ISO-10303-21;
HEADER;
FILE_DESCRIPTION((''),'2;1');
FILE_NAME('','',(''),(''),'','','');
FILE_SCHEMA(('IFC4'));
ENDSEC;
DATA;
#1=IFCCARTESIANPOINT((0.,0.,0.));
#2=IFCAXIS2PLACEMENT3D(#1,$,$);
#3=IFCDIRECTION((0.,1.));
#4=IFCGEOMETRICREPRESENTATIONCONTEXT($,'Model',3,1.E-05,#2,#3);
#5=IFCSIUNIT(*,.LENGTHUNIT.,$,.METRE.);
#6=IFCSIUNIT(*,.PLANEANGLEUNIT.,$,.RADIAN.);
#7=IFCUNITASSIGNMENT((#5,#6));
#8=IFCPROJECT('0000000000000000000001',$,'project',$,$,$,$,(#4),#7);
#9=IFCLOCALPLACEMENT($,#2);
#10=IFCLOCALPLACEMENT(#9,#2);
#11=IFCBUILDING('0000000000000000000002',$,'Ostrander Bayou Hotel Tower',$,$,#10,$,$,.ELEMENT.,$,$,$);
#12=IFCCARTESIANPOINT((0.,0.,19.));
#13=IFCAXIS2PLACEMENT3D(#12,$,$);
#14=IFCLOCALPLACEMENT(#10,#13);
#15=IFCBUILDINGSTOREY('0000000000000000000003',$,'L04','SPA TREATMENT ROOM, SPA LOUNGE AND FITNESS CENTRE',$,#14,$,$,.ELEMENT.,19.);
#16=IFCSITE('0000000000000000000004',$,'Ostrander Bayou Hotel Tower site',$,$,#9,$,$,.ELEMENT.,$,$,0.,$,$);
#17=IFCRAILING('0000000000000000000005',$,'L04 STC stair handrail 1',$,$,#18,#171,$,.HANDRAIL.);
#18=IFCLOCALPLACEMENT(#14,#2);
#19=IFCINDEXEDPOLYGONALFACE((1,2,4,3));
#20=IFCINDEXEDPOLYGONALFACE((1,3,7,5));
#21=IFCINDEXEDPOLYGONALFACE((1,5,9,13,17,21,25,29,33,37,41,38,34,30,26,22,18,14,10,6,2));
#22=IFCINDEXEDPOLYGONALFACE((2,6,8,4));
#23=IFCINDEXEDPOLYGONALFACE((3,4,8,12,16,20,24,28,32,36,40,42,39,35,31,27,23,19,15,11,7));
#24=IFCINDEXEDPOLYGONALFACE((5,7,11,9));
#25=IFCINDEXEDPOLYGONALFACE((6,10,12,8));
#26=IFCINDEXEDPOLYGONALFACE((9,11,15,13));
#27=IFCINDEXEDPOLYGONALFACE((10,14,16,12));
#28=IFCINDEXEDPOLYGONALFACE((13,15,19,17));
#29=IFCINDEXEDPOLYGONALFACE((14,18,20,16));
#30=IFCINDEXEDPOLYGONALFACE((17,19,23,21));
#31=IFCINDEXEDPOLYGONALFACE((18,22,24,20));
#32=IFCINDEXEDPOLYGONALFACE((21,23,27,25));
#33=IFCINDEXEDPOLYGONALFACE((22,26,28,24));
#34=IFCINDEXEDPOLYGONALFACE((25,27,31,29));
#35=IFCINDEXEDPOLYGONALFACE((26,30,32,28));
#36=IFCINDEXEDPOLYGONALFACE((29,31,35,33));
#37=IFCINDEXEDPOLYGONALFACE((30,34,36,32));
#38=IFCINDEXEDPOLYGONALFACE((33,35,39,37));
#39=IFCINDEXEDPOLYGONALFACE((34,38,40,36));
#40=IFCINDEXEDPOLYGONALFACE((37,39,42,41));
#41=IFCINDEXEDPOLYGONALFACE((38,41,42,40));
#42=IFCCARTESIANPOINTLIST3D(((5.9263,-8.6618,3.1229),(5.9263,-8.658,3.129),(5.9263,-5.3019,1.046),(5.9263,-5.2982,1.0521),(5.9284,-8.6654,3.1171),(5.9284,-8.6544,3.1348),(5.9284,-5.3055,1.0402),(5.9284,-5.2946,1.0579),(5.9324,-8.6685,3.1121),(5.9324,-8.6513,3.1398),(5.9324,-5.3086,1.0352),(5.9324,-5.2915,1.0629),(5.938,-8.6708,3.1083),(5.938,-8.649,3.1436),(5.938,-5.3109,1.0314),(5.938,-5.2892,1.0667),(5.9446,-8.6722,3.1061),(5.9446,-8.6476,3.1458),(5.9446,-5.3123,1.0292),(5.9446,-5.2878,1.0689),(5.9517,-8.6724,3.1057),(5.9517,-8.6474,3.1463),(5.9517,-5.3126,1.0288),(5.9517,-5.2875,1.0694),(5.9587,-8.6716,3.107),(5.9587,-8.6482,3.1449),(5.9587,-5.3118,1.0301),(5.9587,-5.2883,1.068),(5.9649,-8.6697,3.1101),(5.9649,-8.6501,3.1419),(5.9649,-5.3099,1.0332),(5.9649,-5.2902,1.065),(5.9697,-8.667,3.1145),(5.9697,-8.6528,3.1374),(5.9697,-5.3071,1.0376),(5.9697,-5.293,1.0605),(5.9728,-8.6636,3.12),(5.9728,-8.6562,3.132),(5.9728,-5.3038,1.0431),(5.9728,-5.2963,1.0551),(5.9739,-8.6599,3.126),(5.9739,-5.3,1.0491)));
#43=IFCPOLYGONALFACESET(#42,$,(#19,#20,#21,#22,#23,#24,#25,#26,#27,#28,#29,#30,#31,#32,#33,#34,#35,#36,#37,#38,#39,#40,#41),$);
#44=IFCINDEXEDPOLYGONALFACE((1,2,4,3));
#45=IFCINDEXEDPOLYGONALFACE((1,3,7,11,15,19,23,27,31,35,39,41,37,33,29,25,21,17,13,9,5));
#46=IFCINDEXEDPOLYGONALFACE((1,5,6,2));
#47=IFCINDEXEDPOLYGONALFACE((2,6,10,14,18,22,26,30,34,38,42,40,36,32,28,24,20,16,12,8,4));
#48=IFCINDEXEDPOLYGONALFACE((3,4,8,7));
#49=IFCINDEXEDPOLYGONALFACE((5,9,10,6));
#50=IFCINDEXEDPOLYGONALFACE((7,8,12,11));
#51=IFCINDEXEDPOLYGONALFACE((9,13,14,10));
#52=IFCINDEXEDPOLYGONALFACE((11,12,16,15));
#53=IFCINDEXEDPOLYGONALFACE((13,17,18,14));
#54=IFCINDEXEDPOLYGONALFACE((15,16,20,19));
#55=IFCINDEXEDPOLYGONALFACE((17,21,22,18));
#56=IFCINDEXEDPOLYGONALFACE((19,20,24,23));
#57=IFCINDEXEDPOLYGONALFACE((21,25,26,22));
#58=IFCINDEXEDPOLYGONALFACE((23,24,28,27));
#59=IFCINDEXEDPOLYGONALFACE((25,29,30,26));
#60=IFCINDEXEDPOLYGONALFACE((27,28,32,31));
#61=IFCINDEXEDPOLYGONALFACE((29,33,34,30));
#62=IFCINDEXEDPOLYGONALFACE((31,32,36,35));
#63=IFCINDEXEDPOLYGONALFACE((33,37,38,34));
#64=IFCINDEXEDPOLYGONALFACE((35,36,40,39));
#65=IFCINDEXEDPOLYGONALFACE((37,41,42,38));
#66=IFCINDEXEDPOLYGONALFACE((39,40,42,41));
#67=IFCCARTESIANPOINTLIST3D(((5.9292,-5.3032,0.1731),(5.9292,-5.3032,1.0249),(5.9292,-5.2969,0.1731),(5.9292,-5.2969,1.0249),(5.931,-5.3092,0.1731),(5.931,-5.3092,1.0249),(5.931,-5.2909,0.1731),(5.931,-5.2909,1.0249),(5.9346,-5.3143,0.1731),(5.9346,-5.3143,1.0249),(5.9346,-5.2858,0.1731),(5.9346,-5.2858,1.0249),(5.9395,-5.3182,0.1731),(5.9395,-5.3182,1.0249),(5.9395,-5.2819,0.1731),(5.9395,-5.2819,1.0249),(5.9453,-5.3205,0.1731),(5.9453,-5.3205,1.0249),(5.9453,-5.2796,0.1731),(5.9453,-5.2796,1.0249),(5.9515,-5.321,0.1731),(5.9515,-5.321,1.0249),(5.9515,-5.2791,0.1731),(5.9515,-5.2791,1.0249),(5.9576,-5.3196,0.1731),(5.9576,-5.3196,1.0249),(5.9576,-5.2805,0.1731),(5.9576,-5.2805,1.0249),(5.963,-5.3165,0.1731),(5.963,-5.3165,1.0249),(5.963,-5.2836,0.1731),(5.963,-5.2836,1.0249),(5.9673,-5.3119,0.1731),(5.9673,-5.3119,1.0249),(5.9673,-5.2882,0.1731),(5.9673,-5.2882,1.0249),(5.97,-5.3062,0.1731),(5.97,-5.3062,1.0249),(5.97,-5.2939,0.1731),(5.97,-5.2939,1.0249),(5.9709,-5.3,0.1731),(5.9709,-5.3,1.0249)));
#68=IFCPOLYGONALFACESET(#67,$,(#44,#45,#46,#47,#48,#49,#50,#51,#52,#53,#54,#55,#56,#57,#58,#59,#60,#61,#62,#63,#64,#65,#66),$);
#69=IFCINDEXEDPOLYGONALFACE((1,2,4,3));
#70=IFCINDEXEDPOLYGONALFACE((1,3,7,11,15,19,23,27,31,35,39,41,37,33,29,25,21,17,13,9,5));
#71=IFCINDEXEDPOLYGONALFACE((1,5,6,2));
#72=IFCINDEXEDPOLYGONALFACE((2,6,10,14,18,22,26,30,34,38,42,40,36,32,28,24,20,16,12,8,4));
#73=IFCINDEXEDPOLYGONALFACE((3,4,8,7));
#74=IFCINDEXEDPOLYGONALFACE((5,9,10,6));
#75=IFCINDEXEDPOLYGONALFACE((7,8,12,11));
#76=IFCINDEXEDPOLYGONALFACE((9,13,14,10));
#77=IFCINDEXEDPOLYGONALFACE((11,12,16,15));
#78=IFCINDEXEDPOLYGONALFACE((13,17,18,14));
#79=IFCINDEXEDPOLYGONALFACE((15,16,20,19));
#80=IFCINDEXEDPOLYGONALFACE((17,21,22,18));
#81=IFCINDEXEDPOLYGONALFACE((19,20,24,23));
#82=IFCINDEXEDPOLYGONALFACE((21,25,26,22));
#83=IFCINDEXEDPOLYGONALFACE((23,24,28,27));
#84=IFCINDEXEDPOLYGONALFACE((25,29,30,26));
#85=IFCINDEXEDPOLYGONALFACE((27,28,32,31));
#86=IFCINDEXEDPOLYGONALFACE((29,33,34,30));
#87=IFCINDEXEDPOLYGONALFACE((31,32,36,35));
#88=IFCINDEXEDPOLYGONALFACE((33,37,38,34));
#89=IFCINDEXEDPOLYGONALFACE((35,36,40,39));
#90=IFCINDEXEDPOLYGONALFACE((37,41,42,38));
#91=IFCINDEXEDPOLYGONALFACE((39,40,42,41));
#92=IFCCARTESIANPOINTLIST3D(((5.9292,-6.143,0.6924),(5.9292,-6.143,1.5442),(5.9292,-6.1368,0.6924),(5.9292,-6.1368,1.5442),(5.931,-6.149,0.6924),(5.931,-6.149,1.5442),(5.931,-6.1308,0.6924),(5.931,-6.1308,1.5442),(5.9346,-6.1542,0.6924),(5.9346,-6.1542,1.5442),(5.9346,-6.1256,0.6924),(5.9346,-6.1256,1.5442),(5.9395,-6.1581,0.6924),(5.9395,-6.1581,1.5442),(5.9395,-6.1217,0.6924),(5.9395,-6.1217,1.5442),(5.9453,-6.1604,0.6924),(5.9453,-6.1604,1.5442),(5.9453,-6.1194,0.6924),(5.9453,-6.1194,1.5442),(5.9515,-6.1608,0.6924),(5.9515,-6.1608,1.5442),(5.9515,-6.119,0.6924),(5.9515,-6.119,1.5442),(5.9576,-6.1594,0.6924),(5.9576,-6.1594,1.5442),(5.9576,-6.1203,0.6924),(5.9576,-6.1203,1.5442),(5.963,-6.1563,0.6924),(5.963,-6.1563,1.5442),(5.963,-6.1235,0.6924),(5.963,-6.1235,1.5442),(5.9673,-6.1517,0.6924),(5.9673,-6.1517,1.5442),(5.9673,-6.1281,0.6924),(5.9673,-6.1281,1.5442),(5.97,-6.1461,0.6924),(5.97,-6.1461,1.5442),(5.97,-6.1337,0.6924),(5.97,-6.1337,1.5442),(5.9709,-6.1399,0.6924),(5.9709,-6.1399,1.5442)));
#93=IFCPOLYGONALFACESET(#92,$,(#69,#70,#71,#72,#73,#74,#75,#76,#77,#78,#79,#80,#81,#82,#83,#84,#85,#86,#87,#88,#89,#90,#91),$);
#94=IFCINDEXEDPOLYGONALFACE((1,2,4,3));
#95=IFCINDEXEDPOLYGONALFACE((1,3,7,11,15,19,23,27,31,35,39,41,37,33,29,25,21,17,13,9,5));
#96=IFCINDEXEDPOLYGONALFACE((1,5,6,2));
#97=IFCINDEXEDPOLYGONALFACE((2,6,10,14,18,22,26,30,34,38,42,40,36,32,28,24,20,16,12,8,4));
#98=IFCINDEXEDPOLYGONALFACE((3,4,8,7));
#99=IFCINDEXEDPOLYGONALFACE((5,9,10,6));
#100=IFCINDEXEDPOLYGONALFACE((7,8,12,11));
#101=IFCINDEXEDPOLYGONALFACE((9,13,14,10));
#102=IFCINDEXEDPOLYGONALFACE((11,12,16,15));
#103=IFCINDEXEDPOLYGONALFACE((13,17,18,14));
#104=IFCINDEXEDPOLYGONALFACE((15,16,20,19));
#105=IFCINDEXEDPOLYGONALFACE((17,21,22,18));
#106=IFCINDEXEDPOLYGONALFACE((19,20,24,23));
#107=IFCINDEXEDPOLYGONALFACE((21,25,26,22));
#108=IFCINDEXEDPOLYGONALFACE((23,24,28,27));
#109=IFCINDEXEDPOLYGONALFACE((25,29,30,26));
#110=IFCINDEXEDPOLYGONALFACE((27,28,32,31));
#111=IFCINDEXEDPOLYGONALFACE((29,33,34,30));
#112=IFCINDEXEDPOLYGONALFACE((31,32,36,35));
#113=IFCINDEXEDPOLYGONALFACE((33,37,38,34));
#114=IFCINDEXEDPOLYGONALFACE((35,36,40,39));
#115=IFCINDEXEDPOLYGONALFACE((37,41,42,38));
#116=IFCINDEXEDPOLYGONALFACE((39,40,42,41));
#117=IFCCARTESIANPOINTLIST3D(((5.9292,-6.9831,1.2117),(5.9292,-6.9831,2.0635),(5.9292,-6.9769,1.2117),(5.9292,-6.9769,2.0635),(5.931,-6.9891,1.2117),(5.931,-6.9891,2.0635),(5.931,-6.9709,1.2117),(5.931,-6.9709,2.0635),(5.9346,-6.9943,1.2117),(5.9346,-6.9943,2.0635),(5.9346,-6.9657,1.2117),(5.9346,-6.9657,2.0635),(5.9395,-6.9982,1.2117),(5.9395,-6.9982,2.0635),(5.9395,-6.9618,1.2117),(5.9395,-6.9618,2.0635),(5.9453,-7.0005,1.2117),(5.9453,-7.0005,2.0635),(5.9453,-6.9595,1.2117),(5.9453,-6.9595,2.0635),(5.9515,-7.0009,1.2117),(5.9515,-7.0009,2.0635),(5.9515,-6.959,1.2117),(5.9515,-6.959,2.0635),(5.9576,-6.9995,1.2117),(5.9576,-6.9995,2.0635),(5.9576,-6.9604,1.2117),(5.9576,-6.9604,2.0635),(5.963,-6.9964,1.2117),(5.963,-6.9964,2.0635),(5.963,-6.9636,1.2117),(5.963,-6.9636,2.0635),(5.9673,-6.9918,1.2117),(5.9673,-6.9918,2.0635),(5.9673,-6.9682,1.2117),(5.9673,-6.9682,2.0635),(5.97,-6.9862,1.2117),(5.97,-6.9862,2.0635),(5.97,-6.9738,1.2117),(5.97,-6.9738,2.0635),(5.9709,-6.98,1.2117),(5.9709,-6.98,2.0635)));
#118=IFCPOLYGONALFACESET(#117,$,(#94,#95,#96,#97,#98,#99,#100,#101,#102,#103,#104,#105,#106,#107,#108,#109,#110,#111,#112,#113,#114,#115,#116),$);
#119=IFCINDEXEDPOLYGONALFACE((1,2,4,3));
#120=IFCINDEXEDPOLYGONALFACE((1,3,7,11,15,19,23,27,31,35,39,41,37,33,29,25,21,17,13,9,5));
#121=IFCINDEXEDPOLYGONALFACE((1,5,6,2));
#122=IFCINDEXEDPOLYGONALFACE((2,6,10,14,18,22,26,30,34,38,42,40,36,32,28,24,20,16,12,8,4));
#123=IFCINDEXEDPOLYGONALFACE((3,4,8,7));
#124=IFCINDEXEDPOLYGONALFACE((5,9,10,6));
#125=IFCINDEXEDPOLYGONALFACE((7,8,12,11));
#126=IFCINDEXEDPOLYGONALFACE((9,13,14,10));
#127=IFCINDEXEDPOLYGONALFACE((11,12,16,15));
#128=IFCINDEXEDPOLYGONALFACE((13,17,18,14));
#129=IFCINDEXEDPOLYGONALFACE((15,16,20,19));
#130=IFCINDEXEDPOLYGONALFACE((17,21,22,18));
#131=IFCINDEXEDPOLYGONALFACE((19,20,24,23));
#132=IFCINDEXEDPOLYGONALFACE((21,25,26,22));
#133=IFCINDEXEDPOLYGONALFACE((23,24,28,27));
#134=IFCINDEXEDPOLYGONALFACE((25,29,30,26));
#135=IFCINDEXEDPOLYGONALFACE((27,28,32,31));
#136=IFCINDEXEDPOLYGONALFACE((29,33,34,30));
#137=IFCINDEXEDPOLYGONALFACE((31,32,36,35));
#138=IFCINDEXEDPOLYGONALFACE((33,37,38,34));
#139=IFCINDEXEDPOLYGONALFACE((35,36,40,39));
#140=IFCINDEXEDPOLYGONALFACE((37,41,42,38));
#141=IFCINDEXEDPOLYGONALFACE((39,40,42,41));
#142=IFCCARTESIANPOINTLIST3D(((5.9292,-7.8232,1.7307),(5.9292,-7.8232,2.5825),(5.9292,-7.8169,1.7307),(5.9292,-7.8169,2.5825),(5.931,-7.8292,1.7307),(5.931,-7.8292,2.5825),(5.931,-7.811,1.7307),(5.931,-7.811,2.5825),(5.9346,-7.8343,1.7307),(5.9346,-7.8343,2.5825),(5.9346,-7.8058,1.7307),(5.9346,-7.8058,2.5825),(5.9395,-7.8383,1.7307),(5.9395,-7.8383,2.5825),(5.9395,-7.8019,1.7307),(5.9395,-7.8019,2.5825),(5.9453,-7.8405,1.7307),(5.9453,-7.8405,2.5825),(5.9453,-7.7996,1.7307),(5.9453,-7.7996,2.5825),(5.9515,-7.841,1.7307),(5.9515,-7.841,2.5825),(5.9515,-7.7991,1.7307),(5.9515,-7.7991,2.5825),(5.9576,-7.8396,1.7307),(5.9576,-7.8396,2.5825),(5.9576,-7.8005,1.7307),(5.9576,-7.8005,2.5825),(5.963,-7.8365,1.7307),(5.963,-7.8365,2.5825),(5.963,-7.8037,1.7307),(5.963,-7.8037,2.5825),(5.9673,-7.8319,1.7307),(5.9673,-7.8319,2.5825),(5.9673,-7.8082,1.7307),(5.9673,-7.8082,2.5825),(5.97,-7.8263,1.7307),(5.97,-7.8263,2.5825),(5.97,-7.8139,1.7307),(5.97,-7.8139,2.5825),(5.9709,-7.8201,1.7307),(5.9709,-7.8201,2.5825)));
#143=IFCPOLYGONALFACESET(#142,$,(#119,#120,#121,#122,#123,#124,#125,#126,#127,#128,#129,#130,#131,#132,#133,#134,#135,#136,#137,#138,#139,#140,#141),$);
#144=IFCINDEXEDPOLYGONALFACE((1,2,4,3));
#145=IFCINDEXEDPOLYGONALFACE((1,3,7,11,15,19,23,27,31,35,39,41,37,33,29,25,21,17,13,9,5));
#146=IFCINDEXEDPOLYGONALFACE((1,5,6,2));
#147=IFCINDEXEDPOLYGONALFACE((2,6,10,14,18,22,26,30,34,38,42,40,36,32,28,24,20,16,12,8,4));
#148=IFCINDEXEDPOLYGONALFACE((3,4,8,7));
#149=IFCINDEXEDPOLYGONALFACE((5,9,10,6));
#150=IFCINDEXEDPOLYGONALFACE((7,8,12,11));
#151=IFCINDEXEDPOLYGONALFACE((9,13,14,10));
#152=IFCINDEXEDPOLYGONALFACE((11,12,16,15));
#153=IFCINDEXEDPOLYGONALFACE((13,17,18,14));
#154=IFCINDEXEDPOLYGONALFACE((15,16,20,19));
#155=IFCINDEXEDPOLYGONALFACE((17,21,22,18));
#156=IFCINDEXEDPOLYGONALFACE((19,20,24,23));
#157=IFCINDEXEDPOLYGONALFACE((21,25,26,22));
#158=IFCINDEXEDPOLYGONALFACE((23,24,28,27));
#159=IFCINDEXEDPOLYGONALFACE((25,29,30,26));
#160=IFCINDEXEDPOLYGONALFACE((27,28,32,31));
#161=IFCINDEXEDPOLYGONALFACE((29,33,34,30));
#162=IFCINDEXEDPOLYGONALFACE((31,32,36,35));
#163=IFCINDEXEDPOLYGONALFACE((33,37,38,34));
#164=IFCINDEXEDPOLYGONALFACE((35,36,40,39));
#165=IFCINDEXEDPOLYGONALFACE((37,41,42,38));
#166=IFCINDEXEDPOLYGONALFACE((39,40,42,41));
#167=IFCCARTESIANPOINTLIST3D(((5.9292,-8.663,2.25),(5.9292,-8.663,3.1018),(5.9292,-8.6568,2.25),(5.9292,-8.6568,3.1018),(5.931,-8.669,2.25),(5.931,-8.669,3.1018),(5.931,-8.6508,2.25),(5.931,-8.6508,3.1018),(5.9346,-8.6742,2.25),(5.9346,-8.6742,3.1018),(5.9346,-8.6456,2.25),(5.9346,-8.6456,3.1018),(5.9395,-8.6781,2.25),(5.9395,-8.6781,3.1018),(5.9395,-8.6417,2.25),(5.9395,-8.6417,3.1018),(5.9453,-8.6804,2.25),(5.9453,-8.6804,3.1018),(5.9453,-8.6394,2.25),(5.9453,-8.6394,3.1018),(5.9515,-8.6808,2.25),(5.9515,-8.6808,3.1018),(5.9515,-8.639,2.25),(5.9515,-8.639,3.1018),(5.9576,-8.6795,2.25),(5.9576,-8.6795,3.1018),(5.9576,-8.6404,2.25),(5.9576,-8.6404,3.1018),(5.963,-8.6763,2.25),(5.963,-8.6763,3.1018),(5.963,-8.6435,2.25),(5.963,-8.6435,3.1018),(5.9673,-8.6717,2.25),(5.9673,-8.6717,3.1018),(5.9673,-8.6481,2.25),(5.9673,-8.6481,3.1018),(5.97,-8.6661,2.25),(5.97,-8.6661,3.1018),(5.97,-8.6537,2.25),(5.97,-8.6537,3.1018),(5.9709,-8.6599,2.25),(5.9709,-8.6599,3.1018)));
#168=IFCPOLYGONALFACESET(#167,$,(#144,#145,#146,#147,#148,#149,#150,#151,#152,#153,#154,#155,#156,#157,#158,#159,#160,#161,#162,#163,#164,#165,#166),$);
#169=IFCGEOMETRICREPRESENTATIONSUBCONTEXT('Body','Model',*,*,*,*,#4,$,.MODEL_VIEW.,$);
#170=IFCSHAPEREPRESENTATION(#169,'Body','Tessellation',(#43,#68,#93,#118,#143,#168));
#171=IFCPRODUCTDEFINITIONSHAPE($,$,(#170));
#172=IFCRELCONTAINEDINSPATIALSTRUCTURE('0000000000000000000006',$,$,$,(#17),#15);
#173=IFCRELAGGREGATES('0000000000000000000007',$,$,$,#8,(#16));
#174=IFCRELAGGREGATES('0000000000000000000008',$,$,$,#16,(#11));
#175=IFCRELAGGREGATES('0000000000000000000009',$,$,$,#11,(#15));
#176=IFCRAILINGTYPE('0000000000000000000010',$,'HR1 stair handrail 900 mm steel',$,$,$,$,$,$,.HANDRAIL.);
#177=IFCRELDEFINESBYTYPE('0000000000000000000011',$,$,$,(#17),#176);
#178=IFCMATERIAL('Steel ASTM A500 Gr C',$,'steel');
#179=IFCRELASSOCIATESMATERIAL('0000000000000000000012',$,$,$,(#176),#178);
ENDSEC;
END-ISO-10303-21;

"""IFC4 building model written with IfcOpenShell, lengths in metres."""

from ifc_helpers import new_model, si_unit, direction, frame, origin, origin_2d, place, context, subcontext, project, spatial, circle, extrude, material, type_object, element, save


model = new_model("IFC4")

# Units and contexts
model_context = context("Model", 3, precision=1e-05, world=origin(), true_north=direction((0.0, 1.0)))
body_context = subcontext(model_context, "Body", "Model", "MODEL_VIEW")
ifc_project = project(units=[si_unit("LENGTHUNIT", "METRE"), si_unit("PLANEANGLEUNIT", "RADIAN")], contexts=[model_context])

# Site, building, storey
site_placement = place(None, origin())
site = spatial("IfcSite", under=ifc_project, at=site_placement, Name="Ostrander Bayou Hotel Tower site", CompositionType="ELEMENT", RefElevation=0.0)
building_placement = place(site_placement, origin())
building = spatial("IfcBuilding", under=site, at=building_placement, Name="Ostrander Bayou Hotel Tower", CompositionType="ELEMENT")
storey_placement = place(building_placement, frame((0.0, 0.0, 19.0)))
storey = spatial("IfcBuildingStorey", under=building, at=storey_placement, Name="L04", Description="SPA TREATMENT ROOM, SPA LOUNGE AND FITNESS CENTRE", CompositionType="ELEMENT", Elevation=19.0)

# Railing
ifc_material_1 = material(Name="Steel ASTM A500 Gr C", Category="steel")
railing_type_1 = type_object("IfcRailingType", Name="HR1 stair handrail 900 mm steel", PredefinedType="HANDRAIL", material=ifc_material_1)
railing_1_placement = place(storey_placement, frame((5.95, -5.3, 0.1731)))
element("IfcRailing", 1, at=railing_1_placement, inside=storey, type_object=railing_type_1, Name="L04 STC stair handrail 1", PredefinedType="HANDRAIL", context=body_context, shape_type="SweptSolid", body=[
    extrude(circle(Radius=0.0239, at=origin_2d()), frame((0.0, 0.0, 0.876), z_axis=(0.0, -0.850606, 0.525803), x_axis=(1.0, 0.0, 0.0)), (0.0, 0.0, 1.0), 3.95),
    extrude(circle(Radius=0.021, at=origin_2d()), origin(), (0.0, 0.0, 1.0), 0.8518),
    extrude(circle(Radius=0.021, at=origin_2d()), frame((0.0, -0.8398, 0.5193)), (0.0, 0.0, 1.0), 0.8518),
    extrude(circle(Radius=0.021, at=origin_2d()), frame((0.0, -1.6799, 1.0386)), (0.0, 0.0, 1.0), 0.8518),
    extrude(circle(Radius=0.021, at=origin_2d()), frame((0.0, -2.52, 1.5576)), (0.0, 0.0, 1.0), 0.8518),
    extrude(circle(Radius=0.021, at=origin_2d()), frame((0.0, -3.3599, 2.0769)), (0.0, 0.0, 1.0), 0.8518),
])

save(model, "model.ifc")
